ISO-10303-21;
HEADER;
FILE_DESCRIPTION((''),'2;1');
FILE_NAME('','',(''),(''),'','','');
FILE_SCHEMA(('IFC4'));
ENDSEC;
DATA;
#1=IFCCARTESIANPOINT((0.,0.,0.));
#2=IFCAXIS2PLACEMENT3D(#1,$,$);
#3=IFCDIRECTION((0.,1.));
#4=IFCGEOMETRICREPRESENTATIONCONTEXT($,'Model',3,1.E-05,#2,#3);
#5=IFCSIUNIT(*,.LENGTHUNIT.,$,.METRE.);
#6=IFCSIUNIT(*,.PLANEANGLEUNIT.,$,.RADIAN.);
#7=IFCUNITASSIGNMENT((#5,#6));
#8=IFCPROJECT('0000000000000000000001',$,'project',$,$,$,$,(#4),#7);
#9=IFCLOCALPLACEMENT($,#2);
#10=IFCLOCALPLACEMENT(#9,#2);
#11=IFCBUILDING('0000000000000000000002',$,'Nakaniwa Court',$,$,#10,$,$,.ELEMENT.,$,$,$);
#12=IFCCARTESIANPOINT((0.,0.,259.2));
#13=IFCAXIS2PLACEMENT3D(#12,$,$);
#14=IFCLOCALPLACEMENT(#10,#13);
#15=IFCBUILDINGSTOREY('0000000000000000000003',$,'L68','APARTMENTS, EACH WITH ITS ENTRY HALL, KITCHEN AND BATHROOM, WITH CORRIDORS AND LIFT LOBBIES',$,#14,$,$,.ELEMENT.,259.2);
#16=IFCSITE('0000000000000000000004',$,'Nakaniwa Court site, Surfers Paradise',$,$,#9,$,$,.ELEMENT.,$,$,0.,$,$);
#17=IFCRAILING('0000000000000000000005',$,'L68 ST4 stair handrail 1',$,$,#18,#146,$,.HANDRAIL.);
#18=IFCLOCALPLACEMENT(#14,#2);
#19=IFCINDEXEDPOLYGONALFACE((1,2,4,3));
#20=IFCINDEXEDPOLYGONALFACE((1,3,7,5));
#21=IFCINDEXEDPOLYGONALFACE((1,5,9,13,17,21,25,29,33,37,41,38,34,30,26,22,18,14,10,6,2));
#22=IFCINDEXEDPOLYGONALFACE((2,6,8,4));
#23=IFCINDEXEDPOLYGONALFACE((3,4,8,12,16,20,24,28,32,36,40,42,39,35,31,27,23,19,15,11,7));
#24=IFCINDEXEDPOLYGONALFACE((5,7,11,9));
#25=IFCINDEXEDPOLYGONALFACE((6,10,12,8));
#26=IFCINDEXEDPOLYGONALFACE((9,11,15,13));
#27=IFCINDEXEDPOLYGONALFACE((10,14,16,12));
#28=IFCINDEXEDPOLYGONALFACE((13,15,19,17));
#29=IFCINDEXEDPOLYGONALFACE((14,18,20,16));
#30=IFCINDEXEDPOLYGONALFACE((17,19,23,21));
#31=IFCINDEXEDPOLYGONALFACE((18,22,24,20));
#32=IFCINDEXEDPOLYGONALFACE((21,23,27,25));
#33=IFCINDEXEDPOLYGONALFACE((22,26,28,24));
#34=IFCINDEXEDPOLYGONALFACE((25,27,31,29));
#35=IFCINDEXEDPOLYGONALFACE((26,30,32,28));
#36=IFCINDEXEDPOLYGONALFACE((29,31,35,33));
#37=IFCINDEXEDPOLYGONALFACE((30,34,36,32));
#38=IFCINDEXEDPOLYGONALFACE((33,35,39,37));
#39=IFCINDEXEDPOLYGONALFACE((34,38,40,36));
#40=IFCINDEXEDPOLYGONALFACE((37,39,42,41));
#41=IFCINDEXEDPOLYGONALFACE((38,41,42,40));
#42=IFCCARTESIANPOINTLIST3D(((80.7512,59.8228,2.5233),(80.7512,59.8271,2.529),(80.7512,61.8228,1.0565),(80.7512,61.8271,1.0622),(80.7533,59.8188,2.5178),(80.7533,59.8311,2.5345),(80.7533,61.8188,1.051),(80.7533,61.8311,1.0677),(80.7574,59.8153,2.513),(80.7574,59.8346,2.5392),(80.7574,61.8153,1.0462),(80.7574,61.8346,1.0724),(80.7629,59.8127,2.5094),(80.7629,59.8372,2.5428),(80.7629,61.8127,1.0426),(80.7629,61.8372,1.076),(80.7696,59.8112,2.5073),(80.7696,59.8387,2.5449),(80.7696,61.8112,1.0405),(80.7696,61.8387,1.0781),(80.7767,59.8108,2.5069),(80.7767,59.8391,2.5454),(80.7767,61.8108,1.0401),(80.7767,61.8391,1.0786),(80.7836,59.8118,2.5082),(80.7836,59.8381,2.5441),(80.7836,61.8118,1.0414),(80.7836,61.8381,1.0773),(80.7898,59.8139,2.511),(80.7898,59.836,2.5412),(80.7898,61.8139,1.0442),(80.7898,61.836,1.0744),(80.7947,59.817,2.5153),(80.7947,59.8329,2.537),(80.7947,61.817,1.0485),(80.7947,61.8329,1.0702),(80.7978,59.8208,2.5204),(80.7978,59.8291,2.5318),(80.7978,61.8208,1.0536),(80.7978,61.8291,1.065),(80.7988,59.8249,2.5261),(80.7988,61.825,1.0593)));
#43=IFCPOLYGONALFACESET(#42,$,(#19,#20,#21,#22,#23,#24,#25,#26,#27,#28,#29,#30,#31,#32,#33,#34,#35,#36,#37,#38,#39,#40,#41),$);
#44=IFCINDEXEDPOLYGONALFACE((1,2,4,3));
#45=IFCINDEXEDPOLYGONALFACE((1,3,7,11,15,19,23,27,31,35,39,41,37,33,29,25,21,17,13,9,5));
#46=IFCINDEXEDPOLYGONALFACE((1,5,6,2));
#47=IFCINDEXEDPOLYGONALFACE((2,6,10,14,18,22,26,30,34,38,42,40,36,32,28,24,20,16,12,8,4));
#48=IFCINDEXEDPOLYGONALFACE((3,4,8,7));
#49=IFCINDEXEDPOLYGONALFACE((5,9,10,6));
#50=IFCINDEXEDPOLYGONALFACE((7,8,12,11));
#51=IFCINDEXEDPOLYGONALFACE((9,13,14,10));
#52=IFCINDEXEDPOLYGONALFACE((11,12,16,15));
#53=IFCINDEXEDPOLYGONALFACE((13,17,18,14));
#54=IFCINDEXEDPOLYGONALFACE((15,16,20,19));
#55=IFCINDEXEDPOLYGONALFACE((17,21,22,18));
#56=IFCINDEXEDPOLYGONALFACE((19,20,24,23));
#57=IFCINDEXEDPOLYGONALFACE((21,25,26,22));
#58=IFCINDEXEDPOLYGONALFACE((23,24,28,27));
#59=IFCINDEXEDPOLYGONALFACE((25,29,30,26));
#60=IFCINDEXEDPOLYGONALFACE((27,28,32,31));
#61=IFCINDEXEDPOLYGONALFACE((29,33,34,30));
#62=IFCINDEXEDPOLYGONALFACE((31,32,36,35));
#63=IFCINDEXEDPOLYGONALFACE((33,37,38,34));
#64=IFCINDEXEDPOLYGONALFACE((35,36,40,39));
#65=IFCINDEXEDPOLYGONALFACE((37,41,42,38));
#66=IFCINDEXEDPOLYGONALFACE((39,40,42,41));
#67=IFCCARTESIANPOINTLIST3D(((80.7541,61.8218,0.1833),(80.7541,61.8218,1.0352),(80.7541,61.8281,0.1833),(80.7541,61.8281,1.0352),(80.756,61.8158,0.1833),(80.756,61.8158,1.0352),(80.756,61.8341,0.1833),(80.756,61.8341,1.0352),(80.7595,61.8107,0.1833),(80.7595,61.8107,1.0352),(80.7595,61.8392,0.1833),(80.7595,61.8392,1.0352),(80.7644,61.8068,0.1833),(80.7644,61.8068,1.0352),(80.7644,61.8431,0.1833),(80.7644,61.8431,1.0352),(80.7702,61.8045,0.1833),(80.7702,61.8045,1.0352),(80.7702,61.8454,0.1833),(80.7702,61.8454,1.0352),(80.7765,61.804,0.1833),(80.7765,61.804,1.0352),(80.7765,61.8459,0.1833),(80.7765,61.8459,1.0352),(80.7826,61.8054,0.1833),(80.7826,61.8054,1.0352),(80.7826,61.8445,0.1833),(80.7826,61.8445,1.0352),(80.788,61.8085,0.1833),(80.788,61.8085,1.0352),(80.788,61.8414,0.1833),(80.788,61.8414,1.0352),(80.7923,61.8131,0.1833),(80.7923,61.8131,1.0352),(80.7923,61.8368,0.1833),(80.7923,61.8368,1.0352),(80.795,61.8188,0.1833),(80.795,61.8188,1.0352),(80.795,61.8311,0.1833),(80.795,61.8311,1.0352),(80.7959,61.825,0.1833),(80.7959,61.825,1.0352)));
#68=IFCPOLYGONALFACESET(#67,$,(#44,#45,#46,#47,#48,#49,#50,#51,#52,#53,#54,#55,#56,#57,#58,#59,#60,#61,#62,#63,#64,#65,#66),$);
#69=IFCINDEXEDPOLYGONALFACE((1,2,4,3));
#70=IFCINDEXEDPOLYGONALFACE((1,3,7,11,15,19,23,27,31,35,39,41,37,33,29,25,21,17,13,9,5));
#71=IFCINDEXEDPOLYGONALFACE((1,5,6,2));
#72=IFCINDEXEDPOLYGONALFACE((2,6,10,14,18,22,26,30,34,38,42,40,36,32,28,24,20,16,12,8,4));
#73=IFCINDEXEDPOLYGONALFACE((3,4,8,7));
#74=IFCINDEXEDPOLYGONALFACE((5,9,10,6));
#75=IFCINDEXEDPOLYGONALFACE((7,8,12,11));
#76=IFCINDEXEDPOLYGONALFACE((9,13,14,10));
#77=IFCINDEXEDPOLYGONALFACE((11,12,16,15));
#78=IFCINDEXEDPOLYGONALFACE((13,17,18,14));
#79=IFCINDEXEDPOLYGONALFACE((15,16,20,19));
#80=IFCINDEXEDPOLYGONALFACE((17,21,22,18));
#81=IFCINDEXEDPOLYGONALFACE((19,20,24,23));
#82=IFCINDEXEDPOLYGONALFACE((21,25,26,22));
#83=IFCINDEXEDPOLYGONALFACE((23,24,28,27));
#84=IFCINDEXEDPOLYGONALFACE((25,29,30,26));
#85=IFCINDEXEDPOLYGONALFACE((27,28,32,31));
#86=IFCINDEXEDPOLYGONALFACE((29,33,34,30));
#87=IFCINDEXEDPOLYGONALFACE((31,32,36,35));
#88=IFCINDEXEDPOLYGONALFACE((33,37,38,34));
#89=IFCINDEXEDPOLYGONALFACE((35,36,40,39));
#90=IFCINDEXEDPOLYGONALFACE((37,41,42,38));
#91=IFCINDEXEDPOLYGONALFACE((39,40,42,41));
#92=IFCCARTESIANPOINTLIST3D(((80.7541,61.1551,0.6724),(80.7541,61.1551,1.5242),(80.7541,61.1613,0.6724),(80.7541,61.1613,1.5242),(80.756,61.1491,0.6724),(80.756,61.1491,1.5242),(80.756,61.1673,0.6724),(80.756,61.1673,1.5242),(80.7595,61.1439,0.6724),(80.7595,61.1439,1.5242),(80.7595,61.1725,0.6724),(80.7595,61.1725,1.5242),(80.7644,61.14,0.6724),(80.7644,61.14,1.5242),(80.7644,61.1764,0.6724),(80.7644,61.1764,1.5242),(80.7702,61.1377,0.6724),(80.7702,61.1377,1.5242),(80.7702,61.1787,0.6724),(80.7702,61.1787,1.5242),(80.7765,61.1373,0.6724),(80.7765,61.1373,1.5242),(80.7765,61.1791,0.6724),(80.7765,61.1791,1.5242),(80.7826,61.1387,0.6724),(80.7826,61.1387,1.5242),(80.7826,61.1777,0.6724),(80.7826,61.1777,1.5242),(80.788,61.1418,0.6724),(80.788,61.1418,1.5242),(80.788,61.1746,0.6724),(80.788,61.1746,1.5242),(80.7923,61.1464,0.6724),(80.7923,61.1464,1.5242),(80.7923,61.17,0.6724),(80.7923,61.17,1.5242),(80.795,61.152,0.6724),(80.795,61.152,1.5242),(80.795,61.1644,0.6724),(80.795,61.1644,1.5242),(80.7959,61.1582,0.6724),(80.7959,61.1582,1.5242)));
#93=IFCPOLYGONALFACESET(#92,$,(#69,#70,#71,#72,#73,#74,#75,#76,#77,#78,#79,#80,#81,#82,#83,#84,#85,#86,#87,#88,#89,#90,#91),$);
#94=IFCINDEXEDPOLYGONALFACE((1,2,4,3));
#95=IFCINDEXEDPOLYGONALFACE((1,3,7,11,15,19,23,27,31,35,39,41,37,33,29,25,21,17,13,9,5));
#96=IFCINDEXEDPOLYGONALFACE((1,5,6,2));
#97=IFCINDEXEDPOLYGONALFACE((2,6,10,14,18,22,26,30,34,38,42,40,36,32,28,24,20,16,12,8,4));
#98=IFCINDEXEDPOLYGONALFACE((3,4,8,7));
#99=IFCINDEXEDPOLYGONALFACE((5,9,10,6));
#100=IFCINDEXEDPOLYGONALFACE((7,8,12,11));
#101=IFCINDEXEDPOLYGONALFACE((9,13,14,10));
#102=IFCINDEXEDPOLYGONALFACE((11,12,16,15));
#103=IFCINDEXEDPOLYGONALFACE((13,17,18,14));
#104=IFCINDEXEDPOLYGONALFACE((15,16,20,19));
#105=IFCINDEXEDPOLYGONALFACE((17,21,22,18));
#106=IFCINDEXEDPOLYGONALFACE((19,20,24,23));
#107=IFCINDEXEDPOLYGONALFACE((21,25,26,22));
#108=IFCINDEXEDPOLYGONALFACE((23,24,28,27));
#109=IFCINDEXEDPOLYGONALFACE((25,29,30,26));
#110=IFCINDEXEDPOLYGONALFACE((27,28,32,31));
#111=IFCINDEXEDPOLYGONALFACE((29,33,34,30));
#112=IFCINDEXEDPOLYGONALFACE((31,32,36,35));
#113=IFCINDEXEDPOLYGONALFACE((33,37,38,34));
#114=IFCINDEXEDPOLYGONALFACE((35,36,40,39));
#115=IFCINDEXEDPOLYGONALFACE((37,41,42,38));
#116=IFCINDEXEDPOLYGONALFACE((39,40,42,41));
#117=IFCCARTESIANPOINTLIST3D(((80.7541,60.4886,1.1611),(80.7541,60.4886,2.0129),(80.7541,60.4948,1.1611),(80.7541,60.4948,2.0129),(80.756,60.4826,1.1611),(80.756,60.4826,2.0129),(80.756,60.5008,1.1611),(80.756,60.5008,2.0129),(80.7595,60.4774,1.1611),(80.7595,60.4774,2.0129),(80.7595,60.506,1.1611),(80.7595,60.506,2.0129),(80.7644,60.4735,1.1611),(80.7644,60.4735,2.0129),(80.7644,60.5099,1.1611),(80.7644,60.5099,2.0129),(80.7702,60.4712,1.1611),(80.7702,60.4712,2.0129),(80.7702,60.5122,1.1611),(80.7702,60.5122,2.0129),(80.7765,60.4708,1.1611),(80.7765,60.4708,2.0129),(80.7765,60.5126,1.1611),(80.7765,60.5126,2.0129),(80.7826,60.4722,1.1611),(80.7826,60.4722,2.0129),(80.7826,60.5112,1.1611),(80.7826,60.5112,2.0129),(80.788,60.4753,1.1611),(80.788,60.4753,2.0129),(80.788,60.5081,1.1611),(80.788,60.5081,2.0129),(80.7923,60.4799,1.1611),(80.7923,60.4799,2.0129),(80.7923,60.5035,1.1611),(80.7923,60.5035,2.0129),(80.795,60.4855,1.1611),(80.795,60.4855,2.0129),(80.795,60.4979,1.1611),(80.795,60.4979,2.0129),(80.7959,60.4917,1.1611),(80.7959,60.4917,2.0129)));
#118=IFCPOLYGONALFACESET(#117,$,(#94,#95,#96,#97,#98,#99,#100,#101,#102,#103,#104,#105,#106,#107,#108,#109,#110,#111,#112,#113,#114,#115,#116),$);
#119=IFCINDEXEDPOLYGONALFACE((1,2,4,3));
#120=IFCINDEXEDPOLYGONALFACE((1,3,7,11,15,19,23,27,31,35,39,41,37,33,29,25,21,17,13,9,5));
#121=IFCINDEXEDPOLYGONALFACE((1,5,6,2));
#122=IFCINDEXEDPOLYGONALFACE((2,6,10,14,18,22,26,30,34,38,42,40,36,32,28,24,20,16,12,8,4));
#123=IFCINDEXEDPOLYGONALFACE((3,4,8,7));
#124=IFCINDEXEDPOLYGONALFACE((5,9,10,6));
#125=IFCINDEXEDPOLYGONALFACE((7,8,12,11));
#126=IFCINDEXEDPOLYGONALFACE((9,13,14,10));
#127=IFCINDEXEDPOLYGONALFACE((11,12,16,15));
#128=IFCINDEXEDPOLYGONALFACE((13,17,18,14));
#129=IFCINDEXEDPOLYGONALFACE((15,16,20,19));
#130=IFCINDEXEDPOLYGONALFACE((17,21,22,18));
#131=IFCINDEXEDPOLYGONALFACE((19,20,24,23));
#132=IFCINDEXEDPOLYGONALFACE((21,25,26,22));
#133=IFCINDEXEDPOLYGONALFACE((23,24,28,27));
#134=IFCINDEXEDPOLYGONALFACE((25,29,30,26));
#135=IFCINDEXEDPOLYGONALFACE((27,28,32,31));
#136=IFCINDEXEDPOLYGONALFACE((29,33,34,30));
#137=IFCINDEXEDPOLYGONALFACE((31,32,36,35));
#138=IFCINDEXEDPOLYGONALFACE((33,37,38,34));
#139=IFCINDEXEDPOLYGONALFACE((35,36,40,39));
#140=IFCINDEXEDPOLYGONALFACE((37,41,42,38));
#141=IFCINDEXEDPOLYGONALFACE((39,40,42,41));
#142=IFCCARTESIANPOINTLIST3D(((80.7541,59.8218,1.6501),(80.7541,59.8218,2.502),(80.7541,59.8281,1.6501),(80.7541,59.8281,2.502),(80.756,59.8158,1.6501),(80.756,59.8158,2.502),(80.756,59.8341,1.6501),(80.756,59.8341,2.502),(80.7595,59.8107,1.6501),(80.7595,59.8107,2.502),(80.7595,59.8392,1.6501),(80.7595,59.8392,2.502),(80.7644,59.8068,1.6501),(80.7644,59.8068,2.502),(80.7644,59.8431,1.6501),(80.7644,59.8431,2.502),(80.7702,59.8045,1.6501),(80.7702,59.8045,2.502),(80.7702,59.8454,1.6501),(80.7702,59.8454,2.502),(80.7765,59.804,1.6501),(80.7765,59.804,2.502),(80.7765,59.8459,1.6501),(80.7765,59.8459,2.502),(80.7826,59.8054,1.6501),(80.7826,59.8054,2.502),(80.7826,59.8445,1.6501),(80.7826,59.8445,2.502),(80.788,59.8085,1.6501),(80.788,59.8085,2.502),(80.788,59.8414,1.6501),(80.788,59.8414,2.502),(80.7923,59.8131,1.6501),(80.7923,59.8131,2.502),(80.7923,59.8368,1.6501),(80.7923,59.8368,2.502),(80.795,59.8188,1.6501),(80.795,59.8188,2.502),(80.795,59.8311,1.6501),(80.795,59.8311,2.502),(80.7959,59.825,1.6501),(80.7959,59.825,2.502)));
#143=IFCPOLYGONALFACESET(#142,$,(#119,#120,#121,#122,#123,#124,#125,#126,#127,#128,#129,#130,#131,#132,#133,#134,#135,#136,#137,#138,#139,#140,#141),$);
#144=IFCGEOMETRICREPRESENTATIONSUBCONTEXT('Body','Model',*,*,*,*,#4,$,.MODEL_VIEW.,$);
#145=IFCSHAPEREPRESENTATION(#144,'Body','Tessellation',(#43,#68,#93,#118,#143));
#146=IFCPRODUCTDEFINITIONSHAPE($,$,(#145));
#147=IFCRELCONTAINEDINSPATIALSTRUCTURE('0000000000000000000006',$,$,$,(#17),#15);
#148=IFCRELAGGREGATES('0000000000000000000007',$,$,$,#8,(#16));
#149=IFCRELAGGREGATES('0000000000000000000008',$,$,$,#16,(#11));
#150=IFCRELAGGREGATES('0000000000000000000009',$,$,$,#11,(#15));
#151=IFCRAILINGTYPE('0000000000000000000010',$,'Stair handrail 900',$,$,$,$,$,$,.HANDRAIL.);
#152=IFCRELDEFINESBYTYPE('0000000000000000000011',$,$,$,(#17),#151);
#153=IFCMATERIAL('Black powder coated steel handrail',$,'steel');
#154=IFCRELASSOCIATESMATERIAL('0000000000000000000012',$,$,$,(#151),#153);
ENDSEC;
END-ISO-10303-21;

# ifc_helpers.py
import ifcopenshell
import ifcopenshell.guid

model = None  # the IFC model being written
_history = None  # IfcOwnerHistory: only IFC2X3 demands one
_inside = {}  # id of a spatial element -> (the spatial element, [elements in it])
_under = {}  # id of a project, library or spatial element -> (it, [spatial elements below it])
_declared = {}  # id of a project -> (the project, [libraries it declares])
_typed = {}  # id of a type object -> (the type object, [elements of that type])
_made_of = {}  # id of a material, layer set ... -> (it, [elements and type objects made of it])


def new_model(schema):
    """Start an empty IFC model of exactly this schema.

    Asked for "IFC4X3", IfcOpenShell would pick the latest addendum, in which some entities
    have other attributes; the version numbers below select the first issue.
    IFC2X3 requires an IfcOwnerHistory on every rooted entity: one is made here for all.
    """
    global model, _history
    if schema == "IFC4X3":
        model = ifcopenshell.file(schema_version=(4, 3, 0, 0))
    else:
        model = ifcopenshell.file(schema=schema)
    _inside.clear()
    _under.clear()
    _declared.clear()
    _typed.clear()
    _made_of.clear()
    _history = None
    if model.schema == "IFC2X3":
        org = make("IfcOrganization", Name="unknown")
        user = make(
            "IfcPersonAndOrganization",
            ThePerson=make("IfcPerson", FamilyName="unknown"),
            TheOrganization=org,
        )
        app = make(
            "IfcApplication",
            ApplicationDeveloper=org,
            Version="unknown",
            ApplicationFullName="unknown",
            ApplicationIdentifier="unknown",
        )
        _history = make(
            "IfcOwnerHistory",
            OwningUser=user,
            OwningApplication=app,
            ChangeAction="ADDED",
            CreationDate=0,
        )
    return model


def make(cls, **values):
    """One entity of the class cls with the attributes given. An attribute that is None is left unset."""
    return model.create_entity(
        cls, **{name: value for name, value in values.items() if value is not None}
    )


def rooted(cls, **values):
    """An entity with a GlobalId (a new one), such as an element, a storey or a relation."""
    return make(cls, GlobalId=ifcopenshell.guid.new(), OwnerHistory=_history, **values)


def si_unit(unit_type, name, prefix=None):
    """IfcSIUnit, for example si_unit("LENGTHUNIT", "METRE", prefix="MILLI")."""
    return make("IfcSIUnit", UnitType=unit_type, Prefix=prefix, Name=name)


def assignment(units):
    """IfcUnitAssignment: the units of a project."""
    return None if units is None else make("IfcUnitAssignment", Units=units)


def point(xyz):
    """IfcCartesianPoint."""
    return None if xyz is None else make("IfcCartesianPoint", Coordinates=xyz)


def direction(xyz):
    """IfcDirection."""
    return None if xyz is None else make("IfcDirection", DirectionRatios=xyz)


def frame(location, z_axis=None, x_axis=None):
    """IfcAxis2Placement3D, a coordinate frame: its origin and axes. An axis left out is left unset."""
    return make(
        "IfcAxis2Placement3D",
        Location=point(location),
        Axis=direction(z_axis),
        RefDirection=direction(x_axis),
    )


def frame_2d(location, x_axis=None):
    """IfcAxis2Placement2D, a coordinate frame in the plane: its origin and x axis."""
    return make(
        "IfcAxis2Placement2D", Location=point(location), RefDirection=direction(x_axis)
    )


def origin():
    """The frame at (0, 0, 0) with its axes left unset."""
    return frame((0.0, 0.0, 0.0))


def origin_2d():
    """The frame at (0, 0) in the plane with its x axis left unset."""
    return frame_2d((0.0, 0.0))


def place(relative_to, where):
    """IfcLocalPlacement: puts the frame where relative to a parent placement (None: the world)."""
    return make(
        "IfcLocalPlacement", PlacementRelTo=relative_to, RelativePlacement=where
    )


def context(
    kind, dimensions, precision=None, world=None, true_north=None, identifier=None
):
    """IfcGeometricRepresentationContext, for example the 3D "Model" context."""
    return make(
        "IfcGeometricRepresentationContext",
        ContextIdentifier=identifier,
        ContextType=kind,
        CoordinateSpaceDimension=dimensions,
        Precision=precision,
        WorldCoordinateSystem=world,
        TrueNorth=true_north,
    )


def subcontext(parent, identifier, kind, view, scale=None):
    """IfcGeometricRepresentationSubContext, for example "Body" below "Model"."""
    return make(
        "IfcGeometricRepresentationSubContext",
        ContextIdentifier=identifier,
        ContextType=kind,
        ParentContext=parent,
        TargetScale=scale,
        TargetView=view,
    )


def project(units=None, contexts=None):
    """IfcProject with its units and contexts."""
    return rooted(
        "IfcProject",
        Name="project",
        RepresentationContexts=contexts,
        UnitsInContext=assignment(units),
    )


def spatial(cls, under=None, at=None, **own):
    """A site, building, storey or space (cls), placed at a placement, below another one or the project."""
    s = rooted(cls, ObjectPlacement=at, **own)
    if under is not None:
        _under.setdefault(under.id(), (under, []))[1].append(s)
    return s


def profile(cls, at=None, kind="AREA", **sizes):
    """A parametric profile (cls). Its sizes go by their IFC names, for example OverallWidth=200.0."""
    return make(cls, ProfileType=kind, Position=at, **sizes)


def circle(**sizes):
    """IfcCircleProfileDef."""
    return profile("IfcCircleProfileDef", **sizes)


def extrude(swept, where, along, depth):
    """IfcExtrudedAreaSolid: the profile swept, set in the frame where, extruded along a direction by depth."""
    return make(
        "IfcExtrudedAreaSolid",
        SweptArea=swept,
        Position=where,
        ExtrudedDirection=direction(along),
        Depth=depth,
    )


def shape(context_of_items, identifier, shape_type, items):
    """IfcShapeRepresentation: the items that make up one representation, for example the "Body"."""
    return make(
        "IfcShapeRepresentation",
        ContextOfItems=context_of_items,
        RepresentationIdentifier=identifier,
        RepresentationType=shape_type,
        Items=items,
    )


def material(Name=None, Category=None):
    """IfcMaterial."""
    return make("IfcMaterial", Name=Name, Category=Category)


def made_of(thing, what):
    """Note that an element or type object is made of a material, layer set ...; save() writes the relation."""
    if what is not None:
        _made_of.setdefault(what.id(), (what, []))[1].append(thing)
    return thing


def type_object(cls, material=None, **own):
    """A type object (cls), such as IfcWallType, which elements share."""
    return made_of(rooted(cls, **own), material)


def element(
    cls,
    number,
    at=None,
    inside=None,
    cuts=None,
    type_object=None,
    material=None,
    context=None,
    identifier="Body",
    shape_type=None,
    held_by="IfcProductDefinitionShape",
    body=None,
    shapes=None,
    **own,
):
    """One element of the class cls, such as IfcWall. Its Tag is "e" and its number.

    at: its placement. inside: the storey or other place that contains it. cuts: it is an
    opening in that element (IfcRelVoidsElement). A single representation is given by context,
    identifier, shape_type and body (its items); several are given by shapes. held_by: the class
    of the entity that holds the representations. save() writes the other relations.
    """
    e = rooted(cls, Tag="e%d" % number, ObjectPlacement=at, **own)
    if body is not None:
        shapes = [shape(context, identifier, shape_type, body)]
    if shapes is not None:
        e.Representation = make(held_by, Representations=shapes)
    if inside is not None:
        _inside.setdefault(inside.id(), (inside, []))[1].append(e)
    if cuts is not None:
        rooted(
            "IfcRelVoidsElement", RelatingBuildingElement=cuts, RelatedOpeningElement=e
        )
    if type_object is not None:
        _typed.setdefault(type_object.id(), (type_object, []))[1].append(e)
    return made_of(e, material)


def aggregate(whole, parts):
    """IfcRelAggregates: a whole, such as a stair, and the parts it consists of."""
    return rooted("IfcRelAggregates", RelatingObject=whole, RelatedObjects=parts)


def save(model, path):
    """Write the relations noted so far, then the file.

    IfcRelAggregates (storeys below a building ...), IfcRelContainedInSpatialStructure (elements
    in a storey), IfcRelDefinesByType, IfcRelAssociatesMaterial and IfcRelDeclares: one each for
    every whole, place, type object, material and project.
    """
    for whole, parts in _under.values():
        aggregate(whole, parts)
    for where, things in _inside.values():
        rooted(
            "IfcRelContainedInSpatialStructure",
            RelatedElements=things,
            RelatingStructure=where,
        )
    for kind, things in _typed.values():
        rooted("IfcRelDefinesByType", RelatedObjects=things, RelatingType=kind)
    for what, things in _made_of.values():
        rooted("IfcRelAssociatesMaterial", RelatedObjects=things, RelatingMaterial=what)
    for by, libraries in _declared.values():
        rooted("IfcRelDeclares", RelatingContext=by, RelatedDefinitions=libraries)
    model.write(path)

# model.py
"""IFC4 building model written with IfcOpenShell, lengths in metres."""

from ifc_helpers import new_model, si_unit, direction, frame, origin, origin_2d, place, context, subcontext, project, spatial, circle, extrude, material, type_object, element, save


model = new_model("IFC4")

# Units and contexts
model_context = context("Model", 3, precision=1e-05, world=origin(), true_north=direction((0.0, 1.0)))
body_context = subcontext(model_context, "Body", "Model", "MODEL_VIEW")
ifc_project = project(units=[si_unit("LENGTHUNIT", "METRE"), si_unit("PLANEANGLEUNIT", "RADIAN")], contexts=[model_context])

# Site, building, storey
site_placement = place(None, origin())
site = spatial("IfcSite", under=ifc_project, at=site_placement, Name="Nakaniwa Court site, Surfers Paradise", CompositionType="ELEMENT", RefElevation=0.0)
building_placement = place(site_placement, origin())
building = spatial("IfcBuilding", under=site, at=building_placement, Name="Nakaniwa Court", CompositionType="ELEMENT")
storey_placement = place(building_placement, frame((0.0, 0.0, 259.2)))
storey = spatial("IfcBuildingStorey", under=building, at=storey_placement, Name="L68", Description="APARTMENTS, EACH WITH ITS ENTRY HALL, KITCHEN AND BATHROOM, WITH CORRIDORS AND LIFT LOBBIES", CompositionType="ELEMENT", Elevation=259.2)

# Railing
ifc_material_1 = material(Name="Black powder coated steel handrail", Category="steel")
railing_type_1 = type_object("IfcRailingType", Name="Stair handrail 900", PredefinedType="HANDRAIL", material=ifc_material_1)
railing_1_placement = place(storey_placement, frame((80.7749, 61.825, 0.1833)))
element("IfcRailing", 1, at=railing_1_placement, inside=storey, type_object=railing_type_1, Name="L68 ST4 stair handrail 1", PredefinedType="HANDRAIL", context=body_context, shape_type="SweptSolid", body=[
    extrude(circle(Radius=0.0239, at=origin_2d()), frame((0.0, 0.0, 0.876), z_axis=(0.0, -0.80638, 0.591398), x_axis=(1.0, 0.0, 0.0)), (0.0, 0.0, 1.0), 2.4802),
    extrude(circle(Radius=0.021, at=origin_2d()), origin(), (0.0, 0.0, 1.0), 0.8518),
    extrude(circle(Radius=0.021, at=origin_2d()), frame((0.0, -0.6667, 0.489)), (0.0, 0.0, 1.0), 0.8518),
    extrude(circle(Radius=0.021, at=origin_2d()), frame((0.0, -1.3333, 0.9778)), (0.0, 0.0, 1.0), 0.8518),
    extrude(circle(Radius=0.021, at=origin_2d()), frame((0.0, -2.0, 1.4668)), (0.0, 0.0, 1.0), 0.8518),
])

save(model, "model.ifc")
